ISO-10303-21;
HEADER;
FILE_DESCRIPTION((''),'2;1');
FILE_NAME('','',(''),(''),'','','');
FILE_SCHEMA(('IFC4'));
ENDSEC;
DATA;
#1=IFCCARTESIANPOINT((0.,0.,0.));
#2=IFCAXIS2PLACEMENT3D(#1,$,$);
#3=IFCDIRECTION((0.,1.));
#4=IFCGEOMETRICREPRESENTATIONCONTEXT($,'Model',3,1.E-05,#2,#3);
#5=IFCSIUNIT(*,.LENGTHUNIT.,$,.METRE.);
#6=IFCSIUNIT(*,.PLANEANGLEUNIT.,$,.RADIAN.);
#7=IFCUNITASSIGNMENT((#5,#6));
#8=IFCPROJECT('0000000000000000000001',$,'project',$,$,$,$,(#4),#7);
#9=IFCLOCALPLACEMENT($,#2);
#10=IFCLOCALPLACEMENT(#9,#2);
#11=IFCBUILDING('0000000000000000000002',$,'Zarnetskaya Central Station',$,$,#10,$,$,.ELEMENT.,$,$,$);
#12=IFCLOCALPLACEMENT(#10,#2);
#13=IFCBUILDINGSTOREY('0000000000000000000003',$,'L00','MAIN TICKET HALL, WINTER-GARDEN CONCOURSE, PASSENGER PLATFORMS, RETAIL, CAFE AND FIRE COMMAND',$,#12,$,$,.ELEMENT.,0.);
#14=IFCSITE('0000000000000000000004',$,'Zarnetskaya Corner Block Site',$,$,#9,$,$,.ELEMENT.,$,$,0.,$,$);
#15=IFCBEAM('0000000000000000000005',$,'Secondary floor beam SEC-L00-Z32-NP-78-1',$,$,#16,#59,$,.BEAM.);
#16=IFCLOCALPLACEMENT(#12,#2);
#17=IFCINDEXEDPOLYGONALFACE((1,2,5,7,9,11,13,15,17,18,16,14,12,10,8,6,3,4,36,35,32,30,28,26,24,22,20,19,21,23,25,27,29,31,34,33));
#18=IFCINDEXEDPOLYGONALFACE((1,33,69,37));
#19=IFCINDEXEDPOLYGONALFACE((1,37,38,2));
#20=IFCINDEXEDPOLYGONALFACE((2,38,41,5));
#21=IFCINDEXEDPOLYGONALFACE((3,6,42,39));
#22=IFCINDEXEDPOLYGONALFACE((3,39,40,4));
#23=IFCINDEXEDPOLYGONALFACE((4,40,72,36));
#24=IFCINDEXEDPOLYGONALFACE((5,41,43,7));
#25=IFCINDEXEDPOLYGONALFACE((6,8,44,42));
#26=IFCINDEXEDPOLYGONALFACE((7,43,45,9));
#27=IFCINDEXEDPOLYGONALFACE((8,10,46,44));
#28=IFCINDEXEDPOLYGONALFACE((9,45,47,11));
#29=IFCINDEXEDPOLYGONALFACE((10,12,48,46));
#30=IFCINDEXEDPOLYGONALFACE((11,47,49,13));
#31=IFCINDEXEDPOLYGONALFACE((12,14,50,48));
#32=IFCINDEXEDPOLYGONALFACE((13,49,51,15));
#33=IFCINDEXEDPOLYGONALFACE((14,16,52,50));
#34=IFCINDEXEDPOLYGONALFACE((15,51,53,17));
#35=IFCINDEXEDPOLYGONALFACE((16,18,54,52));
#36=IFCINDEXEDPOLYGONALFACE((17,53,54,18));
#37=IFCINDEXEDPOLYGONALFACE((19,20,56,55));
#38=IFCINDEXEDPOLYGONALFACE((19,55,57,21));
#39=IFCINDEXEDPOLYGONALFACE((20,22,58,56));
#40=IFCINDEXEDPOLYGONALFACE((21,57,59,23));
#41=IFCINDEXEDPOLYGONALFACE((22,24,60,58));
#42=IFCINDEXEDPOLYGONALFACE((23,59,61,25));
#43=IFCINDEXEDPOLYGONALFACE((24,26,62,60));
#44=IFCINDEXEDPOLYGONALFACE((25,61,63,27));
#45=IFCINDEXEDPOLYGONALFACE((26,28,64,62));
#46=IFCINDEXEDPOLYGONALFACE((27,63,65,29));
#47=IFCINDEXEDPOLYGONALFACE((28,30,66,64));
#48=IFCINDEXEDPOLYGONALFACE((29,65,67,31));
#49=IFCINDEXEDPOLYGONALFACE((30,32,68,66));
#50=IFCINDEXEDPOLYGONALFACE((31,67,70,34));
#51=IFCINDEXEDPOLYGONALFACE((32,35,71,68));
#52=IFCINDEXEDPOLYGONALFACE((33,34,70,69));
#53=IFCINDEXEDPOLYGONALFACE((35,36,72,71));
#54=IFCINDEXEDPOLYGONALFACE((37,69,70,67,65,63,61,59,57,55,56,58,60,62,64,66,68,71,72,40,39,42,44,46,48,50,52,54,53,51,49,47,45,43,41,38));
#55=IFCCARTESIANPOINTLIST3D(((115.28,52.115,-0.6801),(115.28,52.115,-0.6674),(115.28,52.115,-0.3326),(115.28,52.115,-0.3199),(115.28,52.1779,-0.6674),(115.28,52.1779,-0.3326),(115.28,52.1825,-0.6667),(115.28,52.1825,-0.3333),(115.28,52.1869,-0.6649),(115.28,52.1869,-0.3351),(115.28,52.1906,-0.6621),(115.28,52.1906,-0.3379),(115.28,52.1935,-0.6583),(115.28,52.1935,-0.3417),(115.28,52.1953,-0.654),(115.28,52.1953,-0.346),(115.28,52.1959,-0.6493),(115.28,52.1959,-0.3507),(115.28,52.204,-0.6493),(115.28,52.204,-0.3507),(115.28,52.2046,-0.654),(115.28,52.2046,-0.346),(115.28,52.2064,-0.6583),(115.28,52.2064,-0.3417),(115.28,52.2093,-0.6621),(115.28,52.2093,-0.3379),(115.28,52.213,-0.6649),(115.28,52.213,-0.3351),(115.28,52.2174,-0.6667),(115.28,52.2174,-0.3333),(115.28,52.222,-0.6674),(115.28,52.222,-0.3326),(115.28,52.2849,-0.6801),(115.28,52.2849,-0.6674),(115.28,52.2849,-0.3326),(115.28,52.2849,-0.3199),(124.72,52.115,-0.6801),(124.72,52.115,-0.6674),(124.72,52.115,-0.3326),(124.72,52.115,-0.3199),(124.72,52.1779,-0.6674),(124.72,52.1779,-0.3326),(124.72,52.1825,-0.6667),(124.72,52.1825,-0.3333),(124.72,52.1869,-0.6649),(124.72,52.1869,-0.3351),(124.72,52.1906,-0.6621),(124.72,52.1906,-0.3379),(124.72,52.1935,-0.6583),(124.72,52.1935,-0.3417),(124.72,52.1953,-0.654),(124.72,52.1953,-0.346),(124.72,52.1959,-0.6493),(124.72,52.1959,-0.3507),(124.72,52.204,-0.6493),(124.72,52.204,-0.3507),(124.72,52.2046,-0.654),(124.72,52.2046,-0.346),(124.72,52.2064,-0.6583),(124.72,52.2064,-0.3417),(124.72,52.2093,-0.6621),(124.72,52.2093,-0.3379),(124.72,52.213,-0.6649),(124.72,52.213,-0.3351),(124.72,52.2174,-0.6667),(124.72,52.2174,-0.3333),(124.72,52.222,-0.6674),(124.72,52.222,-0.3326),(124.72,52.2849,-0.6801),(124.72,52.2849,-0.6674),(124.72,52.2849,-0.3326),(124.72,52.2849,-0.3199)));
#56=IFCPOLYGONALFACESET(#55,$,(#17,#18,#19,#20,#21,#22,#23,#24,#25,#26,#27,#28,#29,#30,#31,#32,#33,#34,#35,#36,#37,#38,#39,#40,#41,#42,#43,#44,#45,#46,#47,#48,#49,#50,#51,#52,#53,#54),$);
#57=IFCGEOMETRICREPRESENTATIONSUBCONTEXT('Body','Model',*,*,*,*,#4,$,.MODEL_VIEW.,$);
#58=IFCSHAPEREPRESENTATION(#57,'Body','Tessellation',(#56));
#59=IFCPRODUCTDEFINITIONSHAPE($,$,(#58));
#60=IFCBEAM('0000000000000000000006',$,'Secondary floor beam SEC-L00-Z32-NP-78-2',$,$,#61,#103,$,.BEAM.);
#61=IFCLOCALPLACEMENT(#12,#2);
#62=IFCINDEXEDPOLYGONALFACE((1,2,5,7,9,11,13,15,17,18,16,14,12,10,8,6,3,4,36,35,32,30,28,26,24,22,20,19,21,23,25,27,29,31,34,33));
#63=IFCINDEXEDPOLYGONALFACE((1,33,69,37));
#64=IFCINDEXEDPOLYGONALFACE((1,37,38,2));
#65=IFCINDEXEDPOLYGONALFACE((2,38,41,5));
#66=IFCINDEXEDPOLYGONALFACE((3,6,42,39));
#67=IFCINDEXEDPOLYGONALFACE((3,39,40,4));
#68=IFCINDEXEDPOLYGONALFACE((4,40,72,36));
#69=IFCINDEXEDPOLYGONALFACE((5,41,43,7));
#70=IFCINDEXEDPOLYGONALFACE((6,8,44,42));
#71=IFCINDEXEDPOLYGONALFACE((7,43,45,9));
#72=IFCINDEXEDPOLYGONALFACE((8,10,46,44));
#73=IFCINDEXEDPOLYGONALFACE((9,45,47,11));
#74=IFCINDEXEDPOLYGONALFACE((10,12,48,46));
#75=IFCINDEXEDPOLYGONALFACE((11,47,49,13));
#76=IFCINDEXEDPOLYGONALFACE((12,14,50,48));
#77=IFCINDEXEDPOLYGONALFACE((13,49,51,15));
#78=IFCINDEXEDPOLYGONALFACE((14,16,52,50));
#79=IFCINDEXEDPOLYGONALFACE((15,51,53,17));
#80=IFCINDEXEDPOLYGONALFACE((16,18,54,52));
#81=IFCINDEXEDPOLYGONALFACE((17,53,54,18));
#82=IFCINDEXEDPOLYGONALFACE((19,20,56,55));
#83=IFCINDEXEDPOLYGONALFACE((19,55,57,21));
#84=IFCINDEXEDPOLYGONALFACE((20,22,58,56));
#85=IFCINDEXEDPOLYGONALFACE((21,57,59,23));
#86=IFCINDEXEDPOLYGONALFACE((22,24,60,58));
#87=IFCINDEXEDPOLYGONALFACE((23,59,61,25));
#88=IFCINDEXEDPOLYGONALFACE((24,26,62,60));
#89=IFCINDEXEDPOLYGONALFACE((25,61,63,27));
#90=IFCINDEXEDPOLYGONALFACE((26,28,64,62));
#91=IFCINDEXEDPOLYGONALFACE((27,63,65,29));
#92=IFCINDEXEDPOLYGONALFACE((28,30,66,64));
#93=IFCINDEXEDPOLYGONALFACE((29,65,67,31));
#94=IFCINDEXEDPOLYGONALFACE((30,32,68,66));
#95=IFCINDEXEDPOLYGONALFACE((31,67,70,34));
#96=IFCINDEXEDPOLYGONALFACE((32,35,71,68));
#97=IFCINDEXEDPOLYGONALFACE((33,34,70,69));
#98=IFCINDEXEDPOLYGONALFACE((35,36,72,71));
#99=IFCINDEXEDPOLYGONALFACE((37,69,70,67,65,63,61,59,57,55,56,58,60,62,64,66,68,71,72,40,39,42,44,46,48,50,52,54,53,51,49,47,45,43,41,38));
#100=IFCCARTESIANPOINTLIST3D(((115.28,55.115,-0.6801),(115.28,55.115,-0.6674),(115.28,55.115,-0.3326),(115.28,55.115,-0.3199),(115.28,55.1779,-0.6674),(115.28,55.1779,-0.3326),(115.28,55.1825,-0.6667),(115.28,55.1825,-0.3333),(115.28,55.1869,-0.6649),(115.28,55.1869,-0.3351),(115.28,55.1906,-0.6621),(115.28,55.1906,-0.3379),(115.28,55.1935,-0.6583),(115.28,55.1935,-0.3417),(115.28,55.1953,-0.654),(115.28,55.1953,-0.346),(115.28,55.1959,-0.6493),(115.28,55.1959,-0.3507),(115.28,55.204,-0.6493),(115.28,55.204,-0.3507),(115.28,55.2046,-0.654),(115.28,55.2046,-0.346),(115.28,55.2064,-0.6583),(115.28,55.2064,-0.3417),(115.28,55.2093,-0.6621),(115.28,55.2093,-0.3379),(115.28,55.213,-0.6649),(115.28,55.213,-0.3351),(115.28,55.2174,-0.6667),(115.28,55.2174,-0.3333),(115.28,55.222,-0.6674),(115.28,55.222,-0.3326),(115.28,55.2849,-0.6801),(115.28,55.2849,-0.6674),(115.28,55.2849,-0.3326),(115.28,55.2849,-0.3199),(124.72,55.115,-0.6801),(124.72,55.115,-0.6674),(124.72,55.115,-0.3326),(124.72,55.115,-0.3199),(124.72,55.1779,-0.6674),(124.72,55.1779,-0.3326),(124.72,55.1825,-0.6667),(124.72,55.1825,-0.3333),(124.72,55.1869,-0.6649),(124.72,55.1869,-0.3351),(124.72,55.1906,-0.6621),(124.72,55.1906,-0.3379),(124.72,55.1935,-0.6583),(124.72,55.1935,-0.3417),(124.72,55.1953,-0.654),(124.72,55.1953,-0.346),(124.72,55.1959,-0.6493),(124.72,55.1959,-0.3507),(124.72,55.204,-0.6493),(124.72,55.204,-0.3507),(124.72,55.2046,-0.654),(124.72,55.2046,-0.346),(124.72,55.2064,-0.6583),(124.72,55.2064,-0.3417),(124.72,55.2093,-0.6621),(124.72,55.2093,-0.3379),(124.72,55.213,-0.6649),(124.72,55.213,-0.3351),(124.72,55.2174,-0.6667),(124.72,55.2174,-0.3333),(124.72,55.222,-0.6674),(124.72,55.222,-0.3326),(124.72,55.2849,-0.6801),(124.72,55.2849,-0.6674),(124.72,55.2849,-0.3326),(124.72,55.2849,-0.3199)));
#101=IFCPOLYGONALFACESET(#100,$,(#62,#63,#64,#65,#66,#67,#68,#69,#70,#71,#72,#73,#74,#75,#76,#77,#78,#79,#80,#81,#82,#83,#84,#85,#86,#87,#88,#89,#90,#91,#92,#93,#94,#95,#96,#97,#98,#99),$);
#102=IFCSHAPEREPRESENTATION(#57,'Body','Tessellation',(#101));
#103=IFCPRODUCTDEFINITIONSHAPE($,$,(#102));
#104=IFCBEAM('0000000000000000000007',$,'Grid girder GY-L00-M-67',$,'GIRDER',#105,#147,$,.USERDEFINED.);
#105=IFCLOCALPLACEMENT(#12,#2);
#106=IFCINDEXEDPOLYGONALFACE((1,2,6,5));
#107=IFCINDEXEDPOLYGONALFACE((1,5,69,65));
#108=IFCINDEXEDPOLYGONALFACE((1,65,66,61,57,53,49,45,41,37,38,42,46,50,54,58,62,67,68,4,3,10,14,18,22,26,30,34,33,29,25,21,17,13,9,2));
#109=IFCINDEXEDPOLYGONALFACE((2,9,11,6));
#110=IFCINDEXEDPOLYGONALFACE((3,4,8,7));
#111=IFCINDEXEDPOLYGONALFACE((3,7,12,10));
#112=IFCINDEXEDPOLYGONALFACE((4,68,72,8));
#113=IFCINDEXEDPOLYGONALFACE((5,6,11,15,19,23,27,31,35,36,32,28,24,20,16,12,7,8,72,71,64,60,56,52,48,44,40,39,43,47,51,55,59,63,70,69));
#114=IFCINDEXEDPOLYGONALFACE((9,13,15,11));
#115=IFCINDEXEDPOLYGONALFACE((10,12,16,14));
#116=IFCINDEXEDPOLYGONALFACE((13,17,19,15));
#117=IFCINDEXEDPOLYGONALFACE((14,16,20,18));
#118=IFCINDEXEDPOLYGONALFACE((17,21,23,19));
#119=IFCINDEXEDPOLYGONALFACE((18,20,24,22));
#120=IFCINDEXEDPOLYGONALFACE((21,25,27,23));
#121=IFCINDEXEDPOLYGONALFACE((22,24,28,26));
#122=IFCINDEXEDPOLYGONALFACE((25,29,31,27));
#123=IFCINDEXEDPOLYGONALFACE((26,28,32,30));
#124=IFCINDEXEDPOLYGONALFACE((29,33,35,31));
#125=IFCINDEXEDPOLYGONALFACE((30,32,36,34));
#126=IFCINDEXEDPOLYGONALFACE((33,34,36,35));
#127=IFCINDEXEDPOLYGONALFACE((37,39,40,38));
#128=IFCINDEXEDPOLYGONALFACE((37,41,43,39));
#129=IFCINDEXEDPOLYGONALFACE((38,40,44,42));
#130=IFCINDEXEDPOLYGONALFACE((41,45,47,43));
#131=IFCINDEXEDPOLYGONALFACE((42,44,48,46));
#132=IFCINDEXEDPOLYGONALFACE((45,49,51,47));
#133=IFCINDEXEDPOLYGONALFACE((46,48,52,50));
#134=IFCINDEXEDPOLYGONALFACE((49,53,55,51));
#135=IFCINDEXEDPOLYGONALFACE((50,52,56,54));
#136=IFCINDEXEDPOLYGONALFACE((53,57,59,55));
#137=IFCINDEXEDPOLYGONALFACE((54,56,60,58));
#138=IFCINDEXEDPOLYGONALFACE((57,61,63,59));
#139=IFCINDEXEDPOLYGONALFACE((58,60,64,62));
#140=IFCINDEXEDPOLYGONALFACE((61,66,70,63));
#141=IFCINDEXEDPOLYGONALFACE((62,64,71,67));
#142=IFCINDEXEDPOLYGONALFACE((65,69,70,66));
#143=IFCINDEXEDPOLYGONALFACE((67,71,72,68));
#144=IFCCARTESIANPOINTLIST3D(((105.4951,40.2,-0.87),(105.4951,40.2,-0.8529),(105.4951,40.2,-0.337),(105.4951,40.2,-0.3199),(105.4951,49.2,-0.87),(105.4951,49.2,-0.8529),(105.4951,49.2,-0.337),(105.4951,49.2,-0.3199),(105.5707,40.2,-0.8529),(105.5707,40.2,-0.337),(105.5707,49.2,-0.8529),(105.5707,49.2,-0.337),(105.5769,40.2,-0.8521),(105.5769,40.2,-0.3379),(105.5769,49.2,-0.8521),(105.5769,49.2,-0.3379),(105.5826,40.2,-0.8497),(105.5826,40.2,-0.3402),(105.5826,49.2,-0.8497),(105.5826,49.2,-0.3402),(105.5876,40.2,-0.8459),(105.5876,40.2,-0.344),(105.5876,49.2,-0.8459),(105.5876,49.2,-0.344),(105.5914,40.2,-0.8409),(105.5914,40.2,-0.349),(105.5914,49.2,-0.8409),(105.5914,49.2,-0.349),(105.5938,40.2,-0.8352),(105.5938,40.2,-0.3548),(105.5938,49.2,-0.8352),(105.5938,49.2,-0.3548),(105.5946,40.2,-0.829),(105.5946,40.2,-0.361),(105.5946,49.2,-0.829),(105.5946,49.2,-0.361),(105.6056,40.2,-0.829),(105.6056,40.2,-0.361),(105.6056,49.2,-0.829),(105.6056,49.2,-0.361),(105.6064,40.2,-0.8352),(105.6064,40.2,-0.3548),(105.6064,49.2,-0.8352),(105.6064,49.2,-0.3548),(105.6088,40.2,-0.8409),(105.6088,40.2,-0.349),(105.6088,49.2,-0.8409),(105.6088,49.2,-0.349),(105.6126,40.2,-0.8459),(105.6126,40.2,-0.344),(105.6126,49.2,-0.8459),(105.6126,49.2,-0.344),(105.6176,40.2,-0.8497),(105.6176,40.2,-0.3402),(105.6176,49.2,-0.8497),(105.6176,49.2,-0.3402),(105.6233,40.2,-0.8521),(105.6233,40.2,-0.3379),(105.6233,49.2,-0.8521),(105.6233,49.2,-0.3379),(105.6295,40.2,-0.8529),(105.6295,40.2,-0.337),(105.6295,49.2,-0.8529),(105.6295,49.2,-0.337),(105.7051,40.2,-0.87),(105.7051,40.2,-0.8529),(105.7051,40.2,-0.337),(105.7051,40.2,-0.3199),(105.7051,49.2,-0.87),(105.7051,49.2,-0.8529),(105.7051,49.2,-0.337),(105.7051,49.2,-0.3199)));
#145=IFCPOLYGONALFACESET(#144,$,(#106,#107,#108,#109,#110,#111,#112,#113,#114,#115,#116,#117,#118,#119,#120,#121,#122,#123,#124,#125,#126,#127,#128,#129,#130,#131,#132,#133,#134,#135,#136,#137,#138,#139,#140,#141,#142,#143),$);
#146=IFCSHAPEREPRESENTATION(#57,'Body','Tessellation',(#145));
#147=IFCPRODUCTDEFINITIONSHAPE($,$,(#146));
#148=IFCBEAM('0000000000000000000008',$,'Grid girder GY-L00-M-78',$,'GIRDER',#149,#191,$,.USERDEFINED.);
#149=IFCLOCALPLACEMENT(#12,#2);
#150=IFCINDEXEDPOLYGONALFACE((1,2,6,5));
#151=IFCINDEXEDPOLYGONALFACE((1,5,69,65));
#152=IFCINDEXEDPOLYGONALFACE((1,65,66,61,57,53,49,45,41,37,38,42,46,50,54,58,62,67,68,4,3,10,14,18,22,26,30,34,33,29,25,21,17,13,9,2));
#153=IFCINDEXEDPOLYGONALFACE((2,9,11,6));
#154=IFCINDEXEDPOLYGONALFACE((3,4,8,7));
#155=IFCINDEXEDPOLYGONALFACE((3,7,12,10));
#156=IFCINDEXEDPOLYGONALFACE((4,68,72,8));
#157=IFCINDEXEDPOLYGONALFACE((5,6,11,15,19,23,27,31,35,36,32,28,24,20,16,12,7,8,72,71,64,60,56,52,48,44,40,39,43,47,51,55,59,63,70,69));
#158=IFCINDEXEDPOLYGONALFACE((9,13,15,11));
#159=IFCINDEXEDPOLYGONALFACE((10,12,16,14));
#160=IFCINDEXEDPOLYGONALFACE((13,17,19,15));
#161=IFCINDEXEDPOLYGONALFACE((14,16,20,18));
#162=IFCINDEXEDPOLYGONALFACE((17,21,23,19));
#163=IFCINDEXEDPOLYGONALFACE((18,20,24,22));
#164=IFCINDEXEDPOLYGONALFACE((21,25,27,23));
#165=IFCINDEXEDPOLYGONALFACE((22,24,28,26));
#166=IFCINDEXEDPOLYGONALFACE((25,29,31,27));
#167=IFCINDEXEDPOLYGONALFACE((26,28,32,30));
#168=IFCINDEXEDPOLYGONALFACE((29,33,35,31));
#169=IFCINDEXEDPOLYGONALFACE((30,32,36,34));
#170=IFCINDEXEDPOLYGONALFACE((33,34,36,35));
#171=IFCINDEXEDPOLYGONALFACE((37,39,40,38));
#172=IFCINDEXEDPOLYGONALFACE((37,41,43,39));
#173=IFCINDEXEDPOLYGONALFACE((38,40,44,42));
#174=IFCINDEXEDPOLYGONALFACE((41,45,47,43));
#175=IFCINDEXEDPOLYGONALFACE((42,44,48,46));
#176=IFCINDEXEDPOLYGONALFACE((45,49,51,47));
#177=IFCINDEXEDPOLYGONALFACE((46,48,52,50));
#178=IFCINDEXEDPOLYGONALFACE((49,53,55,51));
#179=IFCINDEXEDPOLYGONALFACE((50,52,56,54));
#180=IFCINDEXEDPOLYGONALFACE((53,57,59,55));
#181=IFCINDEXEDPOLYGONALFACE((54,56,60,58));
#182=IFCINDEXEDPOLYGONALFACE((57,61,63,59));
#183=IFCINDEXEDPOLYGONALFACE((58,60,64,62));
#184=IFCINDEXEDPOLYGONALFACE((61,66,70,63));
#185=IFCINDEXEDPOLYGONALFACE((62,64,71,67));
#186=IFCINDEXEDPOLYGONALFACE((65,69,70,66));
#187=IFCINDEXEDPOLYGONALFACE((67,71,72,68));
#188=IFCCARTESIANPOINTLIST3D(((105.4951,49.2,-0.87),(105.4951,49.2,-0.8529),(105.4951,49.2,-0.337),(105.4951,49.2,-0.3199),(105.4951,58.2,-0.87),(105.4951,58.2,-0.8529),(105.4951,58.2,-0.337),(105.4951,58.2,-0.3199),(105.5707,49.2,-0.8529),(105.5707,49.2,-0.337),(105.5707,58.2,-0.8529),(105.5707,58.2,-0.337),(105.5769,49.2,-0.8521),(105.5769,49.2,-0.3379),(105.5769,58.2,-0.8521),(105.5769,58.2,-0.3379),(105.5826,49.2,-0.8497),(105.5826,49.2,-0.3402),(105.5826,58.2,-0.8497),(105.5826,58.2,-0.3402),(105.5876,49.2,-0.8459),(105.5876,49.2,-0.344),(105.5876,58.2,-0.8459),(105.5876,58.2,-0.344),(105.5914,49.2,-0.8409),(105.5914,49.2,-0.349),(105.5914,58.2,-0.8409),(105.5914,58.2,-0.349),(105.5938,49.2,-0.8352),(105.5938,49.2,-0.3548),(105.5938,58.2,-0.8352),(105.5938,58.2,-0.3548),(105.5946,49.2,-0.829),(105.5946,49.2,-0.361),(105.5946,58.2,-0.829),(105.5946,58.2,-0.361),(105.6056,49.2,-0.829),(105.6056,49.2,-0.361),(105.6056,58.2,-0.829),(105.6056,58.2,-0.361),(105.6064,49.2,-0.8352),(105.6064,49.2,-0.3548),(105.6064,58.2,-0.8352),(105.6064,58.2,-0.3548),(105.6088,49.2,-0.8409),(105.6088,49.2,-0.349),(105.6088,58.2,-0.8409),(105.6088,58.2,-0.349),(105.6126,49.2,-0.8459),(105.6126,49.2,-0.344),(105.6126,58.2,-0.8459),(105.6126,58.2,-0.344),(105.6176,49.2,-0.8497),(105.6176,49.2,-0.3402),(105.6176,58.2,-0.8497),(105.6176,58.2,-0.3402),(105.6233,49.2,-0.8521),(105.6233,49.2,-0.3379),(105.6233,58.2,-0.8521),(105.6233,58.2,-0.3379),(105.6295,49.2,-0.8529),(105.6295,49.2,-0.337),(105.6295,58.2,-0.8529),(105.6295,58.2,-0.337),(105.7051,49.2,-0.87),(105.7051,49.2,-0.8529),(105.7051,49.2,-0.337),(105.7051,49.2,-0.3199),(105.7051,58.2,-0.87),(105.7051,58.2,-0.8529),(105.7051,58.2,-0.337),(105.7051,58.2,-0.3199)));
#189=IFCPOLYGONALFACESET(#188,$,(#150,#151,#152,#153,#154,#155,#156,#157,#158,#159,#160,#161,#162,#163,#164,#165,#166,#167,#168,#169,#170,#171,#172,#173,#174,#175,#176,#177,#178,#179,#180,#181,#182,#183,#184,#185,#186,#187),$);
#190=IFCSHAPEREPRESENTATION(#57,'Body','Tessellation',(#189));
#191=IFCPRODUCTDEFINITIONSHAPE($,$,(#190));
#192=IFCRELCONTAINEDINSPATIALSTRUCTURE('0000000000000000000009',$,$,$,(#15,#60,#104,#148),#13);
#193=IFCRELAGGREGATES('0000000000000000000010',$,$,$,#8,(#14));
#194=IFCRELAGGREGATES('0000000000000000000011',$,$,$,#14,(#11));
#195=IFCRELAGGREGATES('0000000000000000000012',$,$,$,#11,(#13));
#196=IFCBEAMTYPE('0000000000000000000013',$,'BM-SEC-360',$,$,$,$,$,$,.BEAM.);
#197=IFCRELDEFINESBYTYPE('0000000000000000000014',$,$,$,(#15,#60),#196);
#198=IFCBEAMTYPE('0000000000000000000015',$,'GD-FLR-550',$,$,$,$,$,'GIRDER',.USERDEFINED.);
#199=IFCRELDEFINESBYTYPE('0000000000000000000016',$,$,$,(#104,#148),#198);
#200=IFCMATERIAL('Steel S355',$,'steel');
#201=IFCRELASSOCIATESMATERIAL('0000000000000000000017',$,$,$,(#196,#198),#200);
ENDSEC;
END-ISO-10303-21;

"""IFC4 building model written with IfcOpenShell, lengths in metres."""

from ifc_helpers import new_model, si_unit, direction, frame, origin, origin_2d, place, context, subcontext, project, spatial, i_section, extrude, material, material_profile, profile_set, type_object, element, save


model = new_model("IFC4")

# Units and contexts
model_context = context("Model", 3, precision=1e-05, world=origin(), true_north=direction((0.0, 1.0)))
body_context = subcontext(model_context, "Body", "Model", "MODEL_VIEW")
ifc_project = project(units=[si_unit("LENGTHUNIT", "METRE"), si_unit("PLANEANGLEUNIT", "RADIAN")], contexts=[model_context])

# Site, building, storey
site_placement = place(None, origin())
site = spatial("IfcSite", under=ifc_project, at=site_placement, Name="Zarnetskaya Corner Block Site", CompositionType="ELEMENT", RefElevation=0.0)
building_placement = place(site_placement, origin())
building = spatial("IfcBuilding", under=site, at=building_placement, Name="Zarnetskaya Central Station", CompositionType="ELEMENT")
storey_placement = place(building_placement, origin())
storey = spatial("IfcBuildingStorey", under=building, at=storey_placement, Name="L00", Description="MAIN TICKET HALL, WINTER-GARDEN CONCOURSE, PASSENGER PLATFORMS, RETAIL, CAFE AND FIRE COMMAND", CompositionType="ELEMENT", Elevation=0.0)

# Shared definitions
ifc_material = material(Name="Steel S355", Category="steel")

# Beams
ifc_material_profile_1 = material_profile(ifc_material, i_section(OverallWidth=0.1699, OverallDepth=0.3601, WebThickness=0.0081, FlangeThickness=0.0127, FilletRadius=0.0181, at=origin_2d()), Name="IPE 360")
ifc_profile_set_1 = profile_set([ifc_material_profile_1], Name="Steel S355")
beam_type_1 = type_object("IfcBeamType", Name="BM-SEC-360", PredefinedType="BEAM", material=ifc_profile_set_1)
for number, where, z_axis, x_axis, name in (
    (1, (115.28, 52.2, -0.5), (1.0, 0.0, 0.0), (0.0, 1.0, 0.0), "Secondary floor beam SEC-L00-Z32-NP-78-1"),
    (2, (115.28, 55.2, -0.5), (1.0, 0.0, 0.0), (0.0, 1.0, 0.0), "Secondary floor beam SEC-L00-Z32-NP-78-2"),
):
    element("IfcBeam", number, at=place(storey_placement, frame(where, z_axis=z_axis, x_axis=x_axis)), inside=storey, type_object=beam_type_1, Name=name, PredefinedType="BEAM", context=body_context, shape_type="SweptSolid", body=[
        extrude(i_section(OverallWidth=0.1699, OverallDepth=0.3601, WebThickness=0.0081, FlangeThickness=0.0127, FilletRadius=0.0181, at=origin_2d()), origin(), (0.0, 0.0, 1.0), 9.4399),
    ])
ifc_material_profile_2 = material_profile(ifc_material, i_section(OverallWidth=0.21, OverallDepth=0.55, WebThickness=0.011, FlangeThickness=0.0171, FilletRadius=0.0239, at=origin_2d()), Name="IPE 550")
ifc_profile_set_2 = profile_set([ifc_material_profile_2], Name="Steel S355")
beam_type_2 = type_object("IfcBeamType", Name="GD-FLR-550", ElementType="GIRDER", PredefinedType="USERDEFINED", material=ifc_profile_set_2)
for number, where, z_axis, x_axis, name in (
    (3, (105.6001, 40.2, -0.595), (0.0, 1.0, 0.0), (-1.0, 0.0, 0.0), "Grid girder GY-L00-M-67"),
    (4, (105.6001, 49.2, -0.595), (0.0, 1.0, 0.0), (-1.0, 0.0, 0.0), "Grid girder GY-L00-M-78"),
):
    element("IfcBeam", number, at=place(storey_placement, frame(where, z_axis=z_axis, x_axis=x_axis)), inside=storey, type_object=beam_type_2, Name=name, ObjectType="GIRDER", PredefinedType="USERDEFINED", context=body_context, shape_type="SweptSolid", body=[
        extrude(i_section(OverallWidth=0.21, OverallDepth=0.55, WebThickness=0.011, FlangeThickness=0.0171, FilletRadius=0.0239, at=origin_2d()), origin(), (0.0, 0.0, 1.0), 9.0),
    ])

save(model, "model.ifc")
